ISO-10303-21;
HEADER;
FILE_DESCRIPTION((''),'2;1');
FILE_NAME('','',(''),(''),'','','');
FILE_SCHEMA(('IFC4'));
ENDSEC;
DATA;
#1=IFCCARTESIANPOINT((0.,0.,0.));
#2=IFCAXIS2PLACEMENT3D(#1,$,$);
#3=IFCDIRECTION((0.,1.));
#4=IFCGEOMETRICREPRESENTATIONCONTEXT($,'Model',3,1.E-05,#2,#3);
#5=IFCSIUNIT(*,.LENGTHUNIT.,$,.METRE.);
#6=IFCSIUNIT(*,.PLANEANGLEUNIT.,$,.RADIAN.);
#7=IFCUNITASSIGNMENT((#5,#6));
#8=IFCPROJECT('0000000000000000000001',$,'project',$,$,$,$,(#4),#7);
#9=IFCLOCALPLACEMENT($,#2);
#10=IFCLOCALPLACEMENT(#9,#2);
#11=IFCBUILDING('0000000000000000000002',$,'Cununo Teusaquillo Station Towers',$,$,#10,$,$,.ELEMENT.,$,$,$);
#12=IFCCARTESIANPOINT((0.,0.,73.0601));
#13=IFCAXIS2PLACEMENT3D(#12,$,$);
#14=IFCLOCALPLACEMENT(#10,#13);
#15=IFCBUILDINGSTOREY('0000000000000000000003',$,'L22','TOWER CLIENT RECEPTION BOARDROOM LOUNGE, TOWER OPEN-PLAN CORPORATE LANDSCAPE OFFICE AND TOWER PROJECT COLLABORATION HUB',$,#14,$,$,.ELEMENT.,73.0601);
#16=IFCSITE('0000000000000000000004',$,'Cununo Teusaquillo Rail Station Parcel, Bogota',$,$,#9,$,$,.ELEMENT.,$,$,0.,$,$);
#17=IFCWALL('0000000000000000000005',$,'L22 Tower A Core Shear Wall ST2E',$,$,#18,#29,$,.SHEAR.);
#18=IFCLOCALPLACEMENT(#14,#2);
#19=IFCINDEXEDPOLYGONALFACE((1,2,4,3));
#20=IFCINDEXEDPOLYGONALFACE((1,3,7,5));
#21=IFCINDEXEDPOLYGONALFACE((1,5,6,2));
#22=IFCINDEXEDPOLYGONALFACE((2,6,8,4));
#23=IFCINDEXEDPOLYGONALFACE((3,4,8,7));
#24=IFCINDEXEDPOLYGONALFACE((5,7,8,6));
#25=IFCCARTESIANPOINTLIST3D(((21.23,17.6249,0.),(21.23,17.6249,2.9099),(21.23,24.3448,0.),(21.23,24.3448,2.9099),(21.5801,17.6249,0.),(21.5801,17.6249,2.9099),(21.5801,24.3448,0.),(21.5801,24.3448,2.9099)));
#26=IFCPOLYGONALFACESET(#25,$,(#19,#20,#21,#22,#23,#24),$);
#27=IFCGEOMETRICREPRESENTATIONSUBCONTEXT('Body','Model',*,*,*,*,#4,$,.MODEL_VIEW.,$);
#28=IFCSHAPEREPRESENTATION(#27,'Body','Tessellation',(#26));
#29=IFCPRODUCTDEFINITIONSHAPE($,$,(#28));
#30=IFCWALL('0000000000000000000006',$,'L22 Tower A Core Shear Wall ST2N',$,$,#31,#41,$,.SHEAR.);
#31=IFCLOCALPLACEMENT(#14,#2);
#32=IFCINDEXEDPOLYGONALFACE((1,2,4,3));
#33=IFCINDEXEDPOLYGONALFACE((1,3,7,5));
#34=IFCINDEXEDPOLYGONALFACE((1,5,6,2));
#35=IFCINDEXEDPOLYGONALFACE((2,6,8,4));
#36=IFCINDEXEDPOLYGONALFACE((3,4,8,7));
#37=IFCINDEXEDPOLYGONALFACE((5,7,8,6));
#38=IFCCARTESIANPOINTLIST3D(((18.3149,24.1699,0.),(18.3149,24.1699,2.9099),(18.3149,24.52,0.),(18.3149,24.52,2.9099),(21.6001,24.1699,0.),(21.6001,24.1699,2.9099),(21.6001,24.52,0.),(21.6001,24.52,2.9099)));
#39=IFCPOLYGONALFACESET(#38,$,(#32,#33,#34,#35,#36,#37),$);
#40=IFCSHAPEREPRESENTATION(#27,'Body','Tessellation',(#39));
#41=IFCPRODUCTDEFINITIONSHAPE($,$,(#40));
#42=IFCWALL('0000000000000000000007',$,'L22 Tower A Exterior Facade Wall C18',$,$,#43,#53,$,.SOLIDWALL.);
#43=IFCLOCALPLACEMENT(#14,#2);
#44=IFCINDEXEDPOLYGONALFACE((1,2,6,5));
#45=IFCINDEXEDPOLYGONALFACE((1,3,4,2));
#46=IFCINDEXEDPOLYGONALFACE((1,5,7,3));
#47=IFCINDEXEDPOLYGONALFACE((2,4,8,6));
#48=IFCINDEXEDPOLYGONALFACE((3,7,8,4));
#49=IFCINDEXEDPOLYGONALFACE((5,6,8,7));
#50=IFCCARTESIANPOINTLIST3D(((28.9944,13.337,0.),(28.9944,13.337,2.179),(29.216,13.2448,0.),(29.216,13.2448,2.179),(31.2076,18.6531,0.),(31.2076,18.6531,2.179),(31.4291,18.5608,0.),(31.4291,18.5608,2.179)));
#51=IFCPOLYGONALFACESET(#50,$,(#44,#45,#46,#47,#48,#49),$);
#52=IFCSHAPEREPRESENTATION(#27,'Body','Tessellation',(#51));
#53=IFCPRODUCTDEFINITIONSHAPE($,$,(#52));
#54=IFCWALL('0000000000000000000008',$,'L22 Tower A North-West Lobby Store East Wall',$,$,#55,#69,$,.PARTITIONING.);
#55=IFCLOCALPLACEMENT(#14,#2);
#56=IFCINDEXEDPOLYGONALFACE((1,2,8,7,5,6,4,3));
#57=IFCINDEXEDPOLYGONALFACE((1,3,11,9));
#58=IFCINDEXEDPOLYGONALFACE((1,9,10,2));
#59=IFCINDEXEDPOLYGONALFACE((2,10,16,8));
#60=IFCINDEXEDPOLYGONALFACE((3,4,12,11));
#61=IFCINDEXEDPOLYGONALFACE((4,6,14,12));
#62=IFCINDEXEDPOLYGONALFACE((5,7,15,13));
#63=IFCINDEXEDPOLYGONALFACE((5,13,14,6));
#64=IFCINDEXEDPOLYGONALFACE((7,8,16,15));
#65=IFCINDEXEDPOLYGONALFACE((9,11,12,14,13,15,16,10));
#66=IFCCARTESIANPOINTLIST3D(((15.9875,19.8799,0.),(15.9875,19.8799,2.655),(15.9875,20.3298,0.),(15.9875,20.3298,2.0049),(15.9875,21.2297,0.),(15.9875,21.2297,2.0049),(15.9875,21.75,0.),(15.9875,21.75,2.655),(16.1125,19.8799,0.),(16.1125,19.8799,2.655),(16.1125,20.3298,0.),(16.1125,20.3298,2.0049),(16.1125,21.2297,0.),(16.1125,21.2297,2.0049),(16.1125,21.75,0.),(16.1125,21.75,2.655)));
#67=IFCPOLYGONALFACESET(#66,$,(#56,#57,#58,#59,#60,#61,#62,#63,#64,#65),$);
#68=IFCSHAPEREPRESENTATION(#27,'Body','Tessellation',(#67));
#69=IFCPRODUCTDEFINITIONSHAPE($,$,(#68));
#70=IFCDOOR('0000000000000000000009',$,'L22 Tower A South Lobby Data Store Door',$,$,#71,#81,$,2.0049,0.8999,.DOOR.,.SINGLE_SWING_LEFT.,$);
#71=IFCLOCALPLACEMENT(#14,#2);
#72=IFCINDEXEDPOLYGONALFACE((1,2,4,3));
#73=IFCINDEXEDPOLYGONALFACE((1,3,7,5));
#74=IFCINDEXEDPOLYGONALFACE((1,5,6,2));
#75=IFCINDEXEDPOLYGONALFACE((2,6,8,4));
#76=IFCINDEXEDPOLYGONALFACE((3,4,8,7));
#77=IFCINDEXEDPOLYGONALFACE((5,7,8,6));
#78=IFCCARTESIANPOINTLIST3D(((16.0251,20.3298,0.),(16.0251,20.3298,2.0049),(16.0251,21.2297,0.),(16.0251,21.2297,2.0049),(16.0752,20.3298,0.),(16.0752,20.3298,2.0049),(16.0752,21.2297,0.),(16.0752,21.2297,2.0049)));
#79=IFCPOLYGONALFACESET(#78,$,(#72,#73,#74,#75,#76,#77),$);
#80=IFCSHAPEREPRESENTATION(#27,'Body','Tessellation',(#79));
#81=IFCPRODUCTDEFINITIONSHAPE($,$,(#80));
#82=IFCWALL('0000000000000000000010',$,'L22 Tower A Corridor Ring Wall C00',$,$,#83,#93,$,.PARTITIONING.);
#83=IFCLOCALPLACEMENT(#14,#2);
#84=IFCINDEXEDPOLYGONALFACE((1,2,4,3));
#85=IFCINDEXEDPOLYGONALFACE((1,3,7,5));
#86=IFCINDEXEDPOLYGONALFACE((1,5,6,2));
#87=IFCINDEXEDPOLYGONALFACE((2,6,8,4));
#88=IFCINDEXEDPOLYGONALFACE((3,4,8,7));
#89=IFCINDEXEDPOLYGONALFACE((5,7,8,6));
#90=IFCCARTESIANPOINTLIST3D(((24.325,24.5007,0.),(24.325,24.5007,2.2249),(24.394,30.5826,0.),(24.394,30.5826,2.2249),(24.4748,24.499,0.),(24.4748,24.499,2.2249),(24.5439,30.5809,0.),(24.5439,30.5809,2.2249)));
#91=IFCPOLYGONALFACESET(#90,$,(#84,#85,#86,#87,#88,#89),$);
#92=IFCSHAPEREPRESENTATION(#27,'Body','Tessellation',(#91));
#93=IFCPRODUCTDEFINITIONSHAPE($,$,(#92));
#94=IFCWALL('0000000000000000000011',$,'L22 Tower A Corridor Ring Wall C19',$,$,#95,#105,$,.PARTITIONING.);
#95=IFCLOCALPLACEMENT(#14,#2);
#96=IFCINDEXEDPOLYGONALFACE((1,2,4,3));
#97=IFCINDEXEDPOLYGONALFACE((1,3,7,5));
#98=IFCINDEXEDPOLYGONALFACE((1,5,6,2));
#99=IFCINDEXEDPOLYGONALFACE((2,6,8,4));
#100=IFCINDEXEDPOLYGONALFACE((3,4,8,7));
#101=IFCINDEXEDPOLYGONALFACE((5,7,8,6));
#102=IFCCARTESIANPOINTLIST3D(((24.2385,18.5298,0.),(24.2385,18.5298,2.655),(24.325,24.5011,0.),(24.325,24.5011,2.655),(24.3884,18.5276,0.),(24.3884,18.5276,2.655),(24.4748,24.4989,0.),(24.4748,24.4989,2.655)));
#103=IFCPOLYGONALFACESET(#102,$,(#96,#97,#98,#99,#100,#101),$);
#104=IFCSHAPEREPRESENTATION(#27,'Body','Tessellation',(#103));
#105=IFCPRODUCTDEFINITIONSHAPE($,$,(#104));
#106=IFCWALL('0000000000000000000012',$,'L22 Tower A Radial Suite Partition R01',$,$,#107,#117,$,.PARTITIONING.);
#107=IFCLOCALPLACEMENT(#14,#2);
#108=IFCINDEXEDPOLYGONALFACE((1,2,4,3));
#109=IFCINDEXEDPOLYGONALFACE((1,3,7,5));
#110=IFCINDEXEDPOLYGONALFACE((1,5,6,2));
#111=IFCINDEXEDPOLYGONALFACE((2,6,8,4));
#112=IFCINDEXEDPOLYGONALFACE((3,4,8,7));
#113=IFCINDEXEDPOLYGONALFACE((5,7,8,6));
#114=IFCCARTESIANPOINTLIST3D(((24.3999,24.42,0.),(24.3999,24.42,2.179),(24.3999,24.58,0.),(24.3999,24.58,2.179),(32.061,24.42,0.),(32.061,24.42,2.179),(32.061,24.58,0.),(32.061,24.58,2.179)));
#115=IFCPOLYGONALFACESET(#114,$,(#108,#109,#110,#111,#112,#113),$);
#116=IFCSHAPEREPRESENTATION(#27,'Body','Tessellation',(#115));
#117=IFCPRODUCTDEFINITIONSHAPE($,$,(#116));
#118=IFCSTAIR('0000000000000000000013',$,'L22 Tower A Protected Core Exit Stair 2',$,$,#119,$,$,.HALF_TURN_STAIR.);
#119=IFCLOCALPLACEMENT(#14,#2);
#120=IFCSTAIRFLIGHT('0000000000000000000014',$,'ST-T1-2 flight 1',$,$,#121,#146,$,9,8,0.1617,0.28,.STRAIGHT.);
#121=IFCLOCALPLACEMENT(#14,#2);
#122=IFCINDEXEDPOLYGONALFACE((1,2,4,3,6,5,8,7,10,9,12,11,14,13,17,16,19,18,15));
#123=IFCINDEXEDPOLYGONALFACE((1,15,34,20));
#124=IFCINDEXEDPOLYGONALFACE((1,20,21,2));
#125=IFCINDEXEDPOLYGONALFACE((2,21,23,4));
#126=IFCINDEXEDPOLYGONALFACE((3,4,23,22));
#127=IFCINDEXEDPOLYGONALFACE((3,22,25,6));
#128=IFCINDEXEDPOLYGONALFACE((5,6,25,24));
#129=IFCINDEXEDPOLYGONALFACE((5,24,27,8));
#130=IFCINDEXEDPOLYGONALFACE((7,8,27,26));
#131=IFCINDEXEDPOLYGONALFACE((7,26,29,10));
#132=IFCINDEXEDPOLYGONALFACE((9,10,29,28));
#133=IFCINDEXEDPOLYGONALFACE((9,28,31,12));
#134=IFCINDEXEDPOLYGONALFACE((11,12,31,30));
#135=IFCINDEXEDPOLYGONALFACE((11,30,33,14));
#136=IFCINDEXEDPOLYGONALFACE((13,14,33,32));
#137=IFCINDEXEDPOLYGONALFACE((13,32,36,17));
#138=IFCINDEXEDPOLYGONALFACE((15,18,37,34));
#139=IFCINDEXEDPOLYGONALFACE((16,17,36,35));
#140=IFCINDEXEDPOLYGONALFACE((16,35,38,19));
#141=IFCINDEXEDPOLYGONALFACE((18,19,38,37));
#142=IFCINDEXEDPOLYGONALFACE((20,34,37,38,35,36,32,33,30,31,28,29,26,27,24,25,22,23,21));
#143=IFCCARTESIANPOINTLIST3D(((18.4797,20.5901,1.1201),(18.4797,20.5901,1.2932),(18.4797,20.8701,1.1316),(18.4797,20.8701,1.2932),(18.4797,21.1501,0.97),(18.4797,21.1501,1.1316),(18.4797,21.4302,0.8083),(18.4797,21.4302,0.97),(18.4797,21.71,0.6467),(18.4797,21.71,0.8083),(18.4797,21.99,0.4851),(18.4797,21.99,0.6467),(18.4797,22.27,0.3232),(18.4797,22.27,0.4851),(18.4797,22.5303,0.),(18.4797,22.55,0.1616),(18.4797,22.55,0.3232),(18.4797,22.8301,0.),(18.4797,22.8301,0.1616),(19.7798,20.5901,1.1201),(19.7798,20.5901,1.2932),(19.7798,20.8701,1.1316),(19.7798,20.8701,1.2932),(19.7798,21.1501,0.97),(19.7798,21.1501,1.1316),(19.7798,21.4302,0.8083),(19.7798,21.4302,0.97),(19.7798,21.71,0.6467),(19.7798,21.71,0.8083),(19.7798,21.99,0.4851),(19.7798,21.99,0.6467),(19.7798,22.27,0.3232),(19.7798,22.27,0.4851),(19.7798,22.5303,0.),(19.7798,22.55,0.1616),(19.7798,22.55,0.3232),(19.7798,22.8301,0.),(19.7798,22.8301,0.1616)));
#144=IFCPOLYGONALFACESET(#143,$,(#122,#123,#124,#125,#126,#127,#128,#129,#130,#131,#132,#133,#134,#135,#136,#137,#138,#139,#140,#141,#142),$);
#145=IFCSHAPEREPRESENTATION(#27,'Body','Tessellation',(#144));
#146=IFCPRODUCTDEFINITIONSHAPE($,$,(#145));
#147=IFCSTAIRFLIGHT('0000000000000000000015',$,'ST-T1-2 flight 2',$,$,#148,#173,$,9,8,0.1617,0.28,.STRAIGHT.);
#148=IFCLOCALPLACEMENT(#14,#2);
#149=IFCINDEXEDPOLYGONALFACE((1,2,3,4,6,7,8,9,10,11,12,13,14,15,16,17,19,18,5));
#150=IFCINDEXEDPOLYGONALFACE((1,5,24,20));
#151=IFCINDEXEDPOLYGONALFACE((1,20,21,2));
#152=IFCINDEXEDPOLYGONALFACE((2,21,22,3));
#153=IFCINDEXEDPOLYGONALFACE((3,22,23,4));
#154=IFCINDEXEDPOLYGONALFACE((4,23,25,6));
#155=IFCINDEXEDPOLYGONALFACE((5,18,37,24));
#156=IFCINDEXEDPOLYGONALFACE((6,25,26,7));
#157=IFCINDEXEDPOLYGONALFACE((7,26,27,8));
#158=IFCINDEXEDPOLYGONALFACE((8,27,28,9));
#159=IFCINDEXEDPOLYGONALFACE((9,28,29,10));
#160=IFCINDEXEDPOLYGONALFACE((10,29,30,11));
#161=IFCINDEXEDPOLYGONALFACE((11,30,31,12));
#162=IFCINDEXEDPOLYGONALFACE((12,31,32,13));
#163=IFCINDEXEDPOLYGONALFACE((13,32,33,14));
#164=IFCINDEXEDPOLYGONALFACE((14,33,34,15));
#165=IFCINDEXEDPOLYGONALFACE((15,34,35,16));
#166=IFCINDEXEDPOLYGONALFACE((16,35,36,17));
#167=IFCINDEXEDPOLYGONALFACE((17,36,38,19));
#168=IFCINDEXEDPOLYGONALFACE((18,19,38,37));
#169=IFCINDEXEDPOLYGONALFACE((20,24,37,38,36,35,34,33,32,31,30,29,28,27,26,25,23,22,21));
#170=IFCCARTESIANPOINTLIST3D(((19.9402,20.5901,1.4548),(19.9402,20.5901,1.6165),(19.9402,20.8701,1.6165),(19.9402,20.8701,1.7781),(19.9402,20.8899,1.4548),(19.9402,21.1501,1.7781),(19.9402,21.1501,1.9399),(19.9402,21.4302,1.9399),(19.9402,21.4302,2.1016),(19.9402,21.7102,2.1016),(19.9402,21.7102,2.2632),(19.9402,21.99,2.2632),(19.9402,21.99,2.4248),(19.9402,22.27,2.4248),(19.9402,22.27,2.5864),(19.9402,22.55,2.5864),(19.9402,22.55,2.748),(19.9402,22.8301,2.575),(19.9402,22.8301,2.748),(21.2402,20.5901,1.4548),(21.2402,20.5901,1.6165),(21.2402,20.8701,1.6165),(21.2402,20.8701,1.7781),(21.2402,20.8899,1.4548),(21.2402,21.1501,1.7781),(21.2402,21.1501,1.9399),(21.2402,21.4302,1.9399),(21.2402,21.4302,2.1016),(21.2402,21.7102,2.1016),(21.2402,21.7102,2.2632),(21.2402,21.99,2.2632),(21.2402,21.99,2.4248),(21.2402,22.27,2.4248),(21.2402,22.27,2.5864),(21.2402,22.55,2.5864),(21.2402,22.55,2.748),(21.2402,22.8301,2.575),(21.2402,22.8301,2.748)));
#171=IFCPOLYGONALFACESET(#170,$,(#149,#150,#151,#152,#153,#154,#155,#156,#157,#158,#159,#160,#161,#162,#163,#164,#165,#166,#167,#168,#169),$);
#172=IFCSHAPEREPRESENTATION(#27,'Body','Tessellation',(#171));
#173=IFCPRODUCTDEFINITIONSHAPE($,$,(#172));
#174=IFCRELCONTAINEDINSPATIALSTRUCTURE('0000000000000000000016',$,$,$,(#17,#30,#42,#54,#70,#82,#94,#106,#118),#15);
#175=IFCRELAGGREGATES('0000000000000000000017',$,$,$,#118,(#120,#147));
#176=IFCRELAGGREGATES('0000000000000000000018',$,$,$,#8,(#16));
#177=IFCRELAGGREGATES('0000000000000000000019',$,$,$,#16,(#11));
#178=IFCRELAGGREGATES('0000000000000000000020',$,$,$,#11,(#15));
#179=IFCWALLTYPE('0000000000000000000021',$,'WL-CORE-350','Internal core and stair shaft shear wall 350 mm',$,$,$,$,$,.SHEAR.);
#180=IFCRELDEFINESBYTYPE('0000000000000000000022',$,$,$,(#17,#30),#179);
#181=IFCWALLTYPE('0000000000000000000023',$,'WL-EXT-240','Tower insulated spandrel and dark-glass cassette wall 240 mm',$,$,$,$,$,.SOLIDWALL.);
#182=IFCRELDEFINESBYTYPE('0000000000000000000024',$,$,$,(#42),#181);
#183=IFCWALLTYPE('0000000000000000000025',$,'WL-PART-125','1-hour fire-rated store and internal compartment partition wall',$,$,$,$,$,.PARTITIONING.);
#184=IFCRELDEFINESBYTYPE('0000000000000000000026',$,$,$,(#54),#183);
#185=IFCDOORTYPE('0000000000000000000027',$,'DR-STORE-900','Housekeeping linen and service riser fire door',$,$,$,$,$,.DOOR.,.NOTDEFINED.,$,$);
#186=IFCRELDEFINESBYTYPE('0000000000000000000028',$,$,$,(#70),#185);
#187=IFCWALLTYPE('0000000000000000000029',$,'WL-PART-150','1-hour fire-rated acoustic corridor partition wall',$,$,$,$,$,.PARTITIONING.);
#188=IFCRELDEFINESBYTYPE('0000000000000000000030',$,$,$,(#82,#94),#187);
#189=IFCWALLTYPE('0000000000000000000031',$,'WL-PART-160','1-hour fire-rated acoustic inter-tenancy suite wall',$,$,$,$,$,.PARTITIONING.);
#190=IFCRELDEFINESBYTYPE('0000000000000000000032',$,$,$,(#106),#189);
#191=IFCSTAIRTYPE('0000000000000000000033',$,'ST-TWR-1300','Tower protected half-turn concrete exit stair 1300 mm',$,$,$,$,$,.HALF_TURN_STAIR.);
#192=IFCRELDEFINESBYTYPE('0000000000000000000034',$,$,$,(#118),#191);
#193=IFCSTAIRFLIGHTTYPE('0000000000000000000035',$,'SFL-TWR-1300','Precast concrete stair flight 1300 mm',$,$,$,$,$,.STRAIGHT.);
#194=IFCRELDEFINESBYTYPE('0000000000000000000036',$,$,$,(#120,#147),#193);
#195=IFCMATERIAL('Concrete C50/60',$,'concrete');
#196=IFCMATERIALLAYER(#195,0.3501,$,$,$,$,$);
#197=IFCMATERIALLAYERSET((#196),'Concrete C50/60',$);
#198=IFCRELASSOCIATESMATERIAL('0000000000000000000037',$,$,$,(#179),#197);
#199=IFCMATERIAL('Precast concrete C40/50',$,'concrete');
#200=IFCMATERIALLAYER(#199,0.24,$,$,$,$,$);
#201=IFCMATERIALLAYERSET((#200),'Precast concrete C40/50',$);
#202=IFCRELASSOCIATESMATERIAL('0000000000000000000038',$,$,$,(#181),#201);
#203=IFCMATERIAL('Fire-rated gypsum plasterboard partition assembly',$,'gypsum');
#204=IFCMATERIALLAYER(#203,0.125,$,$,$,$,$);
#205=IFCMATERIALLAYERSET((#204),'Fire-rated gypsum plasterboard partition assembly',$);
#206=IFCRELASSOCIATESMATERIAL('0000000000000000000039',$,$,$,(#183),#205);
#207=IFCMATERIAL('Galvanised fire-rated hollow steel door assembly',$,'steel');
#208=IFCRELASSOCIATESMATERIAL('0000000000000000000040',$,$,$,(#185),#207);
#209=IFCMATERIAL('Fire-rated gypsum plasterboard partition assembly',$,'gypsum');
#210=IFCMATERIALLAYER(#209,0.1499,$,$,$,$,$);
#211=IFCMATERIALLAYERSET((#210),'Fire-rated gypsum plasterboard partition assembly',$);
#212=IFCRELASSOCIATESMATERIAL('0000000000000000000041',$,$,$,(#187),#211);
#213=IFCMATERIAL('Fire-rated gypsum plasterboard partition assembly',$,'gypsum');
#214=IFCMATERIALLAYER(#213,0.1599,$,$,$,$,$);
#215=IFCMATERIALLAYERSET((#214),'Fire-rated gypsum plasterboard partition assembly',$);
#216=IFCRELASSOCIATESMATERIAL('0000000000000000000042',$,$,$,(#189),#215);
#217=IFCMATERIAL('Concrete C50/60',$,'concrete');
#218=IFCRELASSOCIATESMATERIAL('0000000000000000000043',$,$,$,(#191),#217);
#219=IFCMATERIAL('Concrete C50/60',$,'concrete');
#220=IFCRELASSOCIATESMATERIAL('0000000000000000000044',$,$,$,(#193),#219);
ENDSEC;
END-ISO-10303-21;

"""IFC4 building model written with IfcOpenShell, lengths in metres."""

from ifc_helpers import new_model, si_unit, direction, frame, frame_2d, origin, place, context, subcontext, project, spatial, polyline, rectangle, outline, extrude, source, transform, mapped, material, layer, layer_set, type_object, element, fill, aggregate, save


model = new_model("IFC4")

# Units and contexts
model_context = context("Model", 3, precision=1e-05, world=origin(), true_north=direction((0.0, 1.0)))
body_context = subcontext(model_context, "Body", "Model", "MODEL_VIEW")
ifc_project = project(units=[si_unit("LENGTHUNIT", "METRE"), si_unit("PLANEANGLEUNIT", "RADIAN")], contexts=[model_context])

# Site, building, storey
site_placement = place(None, origin())
site = spatial("IfcSite", under=ifc_project, at=site_placement, Name="Cununo Teusaquillo Rail Station Parcel, Bogota", CompositionType="ELEMENT", RefElevation=0.0)
building_placement = place(site_placement, origin())
building = spatial("IfcBuilding", under=site, at=building_placement, Name="Cununo Teusaquillo Station Towers", CompositionType="ELEMENT")
storey_placement = place(building_placement, frame((0.0, 0.0, 73.0601)))
storey = spatial("IfcBuildingStorey", under=building, at=storey_placement, Name="L22", Description="TOWER CLIENT RECEPTION BOARDROOM LOUNGE, TOWER OPEN-PLAN CORPORATE LANDSCAPE OFFICE AND TOWER PROJECT COLLABORATION HUB", CompositionType="ELEMENT", Elevation=73.0601)

# Shared definitions
ifc_material_1 = material(Name="Concrete C50/60", Category="concrete")
ifc_layer_1 = layer(ifc_material_1, 0.3501)
ifc_layer_set_1 = layer_set([ifc_layer_1], Name="Concrete C50/60")
wall_type_1 = type_object("IfcWallType", Name="WL-CORE-350", Description="Internal core and stair shaft shear wall 350 mm", PredefinedType="SHEAR", material=ifc_layer_set_1)

# Walls
wall_1_placement = place(storey_placement, frame((21.405, 17.625, 0.0), z_axis=(0.0, 0.0, 1.0), x_axis=(0.0, 1.0, 0.0)))
element("IfcWall", 1, at=wall_1_placement, inside=storey, type_object=wall_type_1, Name="L22 Tower A Core Shear Wall ST2E", PredefinedType="SHEAR", context=body_context, shape_type="SweptSolid", body=[
    extrude(rectangle(XDim=6.72, YDim=0.3501, at=frame_2d((3.3599, 0.0))), origin(), (0.0, 0.0, 1.0), 2.9099),
])
wall_2_placement = place(storey_placement, frame((18.3149, 24.345, 0.0), z_axis=(0.0, 0.0, 1.0), x_axis=(1.0, 0.0, 0.0)))
element("IfcWall", 2, at=wall_2_placement, inside=storey, type_object=wall_type_1, Name="L22 Tower A Core Shear Wall ST2N", PredefinedType="SHEAR", context=body_context, shape_type="SweptSolid", body=[
    extrude(rectangle(XDim=3.2852, YDim=0.3501, at=frame_2d((1.6426, 0.0))), origin(), (0.0, 0.0, 1.0), 2.9099),
])
ifc_material_2 = material(Name="Precast concrete C40/50", Category="concrete")
ifc_layer_2 = layer(ifc_material_2, 0.24)
ifc_layer_set_2 = layer_set([ifc_layer_2], Name="Precast concrete C40/50")
wall_type_2 = type_object("IfcWallType", Name="WL-EXT-240", Description="Tower insulated spandrel and dark-glass cassette wall 240 mm", PredefinedType="SOLIDWALL", material=ifc_layer_set_2)
wall_3_placement = place(storey_placement, frame((31.3184, 18.6069, 0.0), z_axis=(0.0, 0.0, 1.0), x_axis=(-0.384344, -0.92319, 0.0)))
element("IfcWall", 3, at=wall_3_placement, inside=storey, type_object=wall_type_2, Name="L22 Tower A Exterior Facade Wall C18", PredefinedType="SOLIDWALL", context=body_context, shape_type="SweptSolid", body=[
    extrude(rectangle(XDim=5.7583, YDim=0.24, at=frame_2d((2.8792, 0.0))), origin(), (0.0, 0.0, 1.0), 2.179),
])

# Wall, opening, door
ifc_material_3 = material(Name="Fire-rated gypsum plasterboard partition assembly", Category="gypsum")
ifc_layer_3 = layer(ifc_material_3, 0.125)
ifc_layer_set_3 = layer_set([ifc_layer_3], Name="Fire-rated gypsum plasterboard partition assembly")
wall_type_3 = type_object("IfcWallType", Name="WL-PART-125", Description="1-hour fire-rated store and internal compartment partition wall", PredefinedType="PARTITIONING", material=ifc_layer_set_3)
wall_4_placement = place(storey_placement, frame((16.05, 19.8799, 0.0), z_axis=(0.0, 0.0, 1.0), x_axis=(0.0, 1.0, 0.0)))
wall_4 = element("IfcWall", 4, at=wall_4_placement, inside=storey, type_object=wall_type_3, Name="L22 Tower A North-West Lobby Store East Wall", PredefinedType="PARTITIONING", context=body_context, shape_type="SweptSolid", body=[
    extrude(rectangle(XDim=1.8701, YDim=0.125, at=frame_2d((0.9351, 0.0))), origin(), (0.0, 0.0, 1.0), 2.655),
])
shared_shape_1 = source(origin(), body_context, "Body", "SweptSolid", [
    extrude(rectangle(XDim=0.8999, YDim=2.0049, at=frame_2d((0.45, 1.0024))), frame((0.0, 0.0725, 0.0), z_axis=(0.0, -1.0, 0.0), x_axis=(1.0, 0.0, 0.0)), (0.0, 0.0, 1.0), 0.145),
])
opening_1_placement = place(wall_4_placement, frame((0.45, 0.0, 0.0)))
opening_1 = element("IfcOpeningElement", 5, at=opening_1_placement, cuts=wall_4, PredefinedType="OPENING", context=body_context, shape_type="MappedRepresentation", body=[
    mapped(shared_shape_1, transform((0.0, 0.0, 0.0), x_axis=(1.0, 0.0, 0.0), y_axis=(0.0, 1.0, 0.0), z_axis=(0.0, 0.0, 1.0), scale=1.0)),
])
ifc_material_4 = material(Name="Galvanised fire-rated hollow steel door assembly", Category="steel")
door_type_1 = type_object("IfcDoorType", Name="DR-STORE-900", Description="Housekeeping linen and service riser fire door", OperationType="NOTDEFINED", PredefinedType="DOOR", material=ifc_material_4)
shared_shape_2 = source(origin(), body_context, "Body", "SweptSolid", [
    extrude(rectangle(XDim=0.8999, YDim=2.0049, at=frame_2d((0.45, 1.0024))), frame((0.0, 0.0249, 0.0), z_axis=(0.0, -1.0, 0.0), x_axis=(1.0, 0.0, 0.0)), (0.0, 0.0, 1.0), 0.05),
])
door_1_placement = place(opening_1_placement, origin())
door_1 = element("IfcDoor", 6, at=door_1_placement, inside=storey, type_object=door_type_1, Name="L22 Tower A South Lobby Data Store Door", OperationType="SINGLE_SWING_LEFT", OverallHeight=2.0049, OverallWidth=0.8999, PredefinedType="DOOR", context=body_context, shape_type="MappedRepresentation", body=[
    mapped(shared_shape_2, transform((0.0, 0.0, 0.0), x_axis=(1.0, 0.0, 0.0), y_axis=(0.0, 1.0, 0.0), z_axis=(0.0, 0.0, 1.0), scale=1.0)),
])
fill(opening_1, door_1)

# Walls
ifc_material_5 = material(Name="Fire-rated gypsum plasterboard partition assembly", Category="gypsum")
ifc_layer_4 = layer(ifc_material_5, 0.1499)
ifc_layer_set_4 = layer_set([ifc_layer_4], Name="Fire-rated gypsum plasterboard partition assembly")
wall_type_4 = type_object("IfcWallType", Name="WL-PART-150", Description="1-hour fire-rated acoustic corridor partition wall", PredefinedType="PARTITIONING", material=ifc_layer_set_4)
wall_5_placement = place(storey_placement, frame((24.3999, 24.5, 0.0), z_axis=(0.0, 0.0, 1.0), x_axis=(0.01136, 0.999935, 0.0)))
element("IfcWall", 7, at=wall_5_placement, inside=storey, type_object=wall_type_4, Name="L22 Tower A Corridor Ring Wall C00", PredefinedType="PARTITIONING", context=body_context, shape_type="SweptSolid", body=[
    extrude(rectangle(XDim=6.0823, YDim=0.1499, at=frame_2d((3.041, 0.0))), origin(), (0.0, 0.0, 1.0), 2.2249),
])
wall_6_placement = place(storey_placement, frame((24.3135, 18.5288, 0.0), z_axis=(0.0, 0.0, 1.0), x_axis=(0.014472, 0.999895, 0.0)))
element("IfcWall", 8, at=wall_6_placement, inside=storey, type_object=wall_type_4, Name="L22 Tower A Corridor Ring Wall C19", PredefinedType="PARTITIONING", context=body_context, shape_type="SweptSolid", body=[
    extrude(rectangle(XDim=5.9719, YDim=0.1499, at=frame_2d((2.9858, 0.0))), origin(), (0.0, 0.0, 1.0), 2.655),
])
ifc_material_6 = material(Name="Fire-rated gypsum plasterboard partition assembly", Category="gypsum")
ifc_layer_5 = layer(ifc_material_6, 0.1599)
ifc_layer_set_5 = layer_set([ifc_layer_5], Name="Fire-rated gypsum plasterboard partition assembly")
wall_type_5 = type_object("IfcWallType", Name="WL-PART-160", Description="1-hour fire-rated acoustic inter-tenancy suite wall", PredefinedType="PARTITIONING", material=ifc_layer_set_5)
wall_7_placement = place(storey_placement, frame((24.3999, 24.5, 0.0), z_axis=(0.0, 0.0, 1.0), x_axis=(1.0, 0.0, 0.0)))
element("IfcWall", 9, at=wall_7_placement, inside=storey, type_object=wall_type_5, Name="L22 Tower A Radial Suite Partition R01", PredefinedType="PARTITIONING", context=body_context, shape_type="SweptSolid", body=[
    extrude(rectangle(XDim=7.6611, YDim=0.1599, at=frame_2d((3.8306, 0.0))), origin(), (0.0, 0.0, 1.0), 2.179),
])

# Stair, stair flights
ifc_material_7 = material(Name="Concrete C50/60", Category="concrete")
stair_type = type_object("IfcStairType", Name="ST-TWR-1300", Description="Tower protected half-turn concrete exit stair 1300 mm", PredefinedType="HALF_TURN_STAIR", material=ifc_material_7)
stair_placement = place(storey_placement, origin())
stair = element("IfcStair", 10, at=stair_placement, inside=storey, type_object=stair_type, Name="L22 Tower A Protected Core Exit Stair 2", PredefinedType="HALF_TURN_STAIR")
ifc_material_8 = material(Name="Concrete C50/60", Category="concrete")
stair_flight_type = type_object("IfcStairFlightType", Name="SFL-TWR-1300", Description="Precast concrete stair flight 1300 mm", PredefinedType="STRAIGHT", material=ifc_material_8)
stair_flight_1_placement = place(storey_placement, frame((19.1299, 22.8301, 0.0), z_axis=(0.0, 0.0, 1.0), x_axis=(0.0, -1.0, 0.0)))
stair_flight_1 = element("IfcStairFlight", 11, at=stair_flight_1_placement, type_object=stair_flight_type, Name="ST-T1-2 flight 1", NumberOfRisers=9, NumberOfTreads=8, PredefinedType="STRAIGHT", RiserHeight=0.1617, TreadLength=0.28, context=body_context, shape_type="SweptSolid", body=[
    extrude(outline(polyline([(0.0, 0.0), (0.0, 0.1616), (0.28, 0.1616), (0.28, 0.3232), (0.5601, 0.3232), (0.5601, 0.4851), (0.8401, 0.4851), (0.8401, 0.6467), (1.1201, 0.6467), (1.1201, 0.8083), (1.3999, 0.8083), (1.3999, 0.97), (1.6799, 0.97), (1.6799, 1.1316), (1.96, 1.1316), (1.96, 1.2932), (2.24, 1.2932), (2.24, 1.4551), (2.24, 1.1201), (0.2998, 0.0), (0.0, 0.0)])), frame((0.0, 0.6499, 0.0), z_axis=(0.0, -1.0, 0.0), x_axis=(1.0, 0.0, 0.0)), (0.0, 0.0, 1.0), 1.3),
])
stair_flight_2_placement = place(storey_placement, frame((20.5901, 20.5901, 1.4548), z_axis=(0.0, 0.0, 1.0), x_axis=(0.0, 1.0, 0.0)))
stair_flight_2 = element("IfcStairFlight", 12, at=stair_flight_2_placement, type_object=stair_flight_type, Name="ST-T1-2 flight 2", NumberOfRisers=9, NumberOfTreads=8, PredefinedType="STRAIGHT", RiserHeight=0.1617, TreadLength=0.28, context=body_context, shape_type="SweptSolid", body=[
    extrude(outline(polyline([(0.0, 0.0), (0.0, 0.1616), (0.28, 0.1616), (0.28, 0.3232), (0.5601, 0.3232), (0.5601, 0.4851), (0.8401, 0.4851), (0.8401, 0.6467), (1.1201, 0.6467), (1.1201, 0.8083), (1.3999, 0.8083), (1.3999, 0.97), (1.6799, 0.97), (1.6799, 1.1316), (1.96, 1.1316), (1.96, 1.2932), (2.24, 1.2932), (2.24, 1.4551), (2.24, 1.1201), (0.2998, 0.0), (0.0, 0.0)])), frame((0.0, 0.6499, 0.0), z_axis=(0.0, -1.0, 0.0), x_axis=(1.0, 0.0, 0.0)), (0.0, 0.0, 1.0), 1.3),
])
aggregate(stair, [stair_flight_1, stair_flight_2])

save(model, "model.ifc")
